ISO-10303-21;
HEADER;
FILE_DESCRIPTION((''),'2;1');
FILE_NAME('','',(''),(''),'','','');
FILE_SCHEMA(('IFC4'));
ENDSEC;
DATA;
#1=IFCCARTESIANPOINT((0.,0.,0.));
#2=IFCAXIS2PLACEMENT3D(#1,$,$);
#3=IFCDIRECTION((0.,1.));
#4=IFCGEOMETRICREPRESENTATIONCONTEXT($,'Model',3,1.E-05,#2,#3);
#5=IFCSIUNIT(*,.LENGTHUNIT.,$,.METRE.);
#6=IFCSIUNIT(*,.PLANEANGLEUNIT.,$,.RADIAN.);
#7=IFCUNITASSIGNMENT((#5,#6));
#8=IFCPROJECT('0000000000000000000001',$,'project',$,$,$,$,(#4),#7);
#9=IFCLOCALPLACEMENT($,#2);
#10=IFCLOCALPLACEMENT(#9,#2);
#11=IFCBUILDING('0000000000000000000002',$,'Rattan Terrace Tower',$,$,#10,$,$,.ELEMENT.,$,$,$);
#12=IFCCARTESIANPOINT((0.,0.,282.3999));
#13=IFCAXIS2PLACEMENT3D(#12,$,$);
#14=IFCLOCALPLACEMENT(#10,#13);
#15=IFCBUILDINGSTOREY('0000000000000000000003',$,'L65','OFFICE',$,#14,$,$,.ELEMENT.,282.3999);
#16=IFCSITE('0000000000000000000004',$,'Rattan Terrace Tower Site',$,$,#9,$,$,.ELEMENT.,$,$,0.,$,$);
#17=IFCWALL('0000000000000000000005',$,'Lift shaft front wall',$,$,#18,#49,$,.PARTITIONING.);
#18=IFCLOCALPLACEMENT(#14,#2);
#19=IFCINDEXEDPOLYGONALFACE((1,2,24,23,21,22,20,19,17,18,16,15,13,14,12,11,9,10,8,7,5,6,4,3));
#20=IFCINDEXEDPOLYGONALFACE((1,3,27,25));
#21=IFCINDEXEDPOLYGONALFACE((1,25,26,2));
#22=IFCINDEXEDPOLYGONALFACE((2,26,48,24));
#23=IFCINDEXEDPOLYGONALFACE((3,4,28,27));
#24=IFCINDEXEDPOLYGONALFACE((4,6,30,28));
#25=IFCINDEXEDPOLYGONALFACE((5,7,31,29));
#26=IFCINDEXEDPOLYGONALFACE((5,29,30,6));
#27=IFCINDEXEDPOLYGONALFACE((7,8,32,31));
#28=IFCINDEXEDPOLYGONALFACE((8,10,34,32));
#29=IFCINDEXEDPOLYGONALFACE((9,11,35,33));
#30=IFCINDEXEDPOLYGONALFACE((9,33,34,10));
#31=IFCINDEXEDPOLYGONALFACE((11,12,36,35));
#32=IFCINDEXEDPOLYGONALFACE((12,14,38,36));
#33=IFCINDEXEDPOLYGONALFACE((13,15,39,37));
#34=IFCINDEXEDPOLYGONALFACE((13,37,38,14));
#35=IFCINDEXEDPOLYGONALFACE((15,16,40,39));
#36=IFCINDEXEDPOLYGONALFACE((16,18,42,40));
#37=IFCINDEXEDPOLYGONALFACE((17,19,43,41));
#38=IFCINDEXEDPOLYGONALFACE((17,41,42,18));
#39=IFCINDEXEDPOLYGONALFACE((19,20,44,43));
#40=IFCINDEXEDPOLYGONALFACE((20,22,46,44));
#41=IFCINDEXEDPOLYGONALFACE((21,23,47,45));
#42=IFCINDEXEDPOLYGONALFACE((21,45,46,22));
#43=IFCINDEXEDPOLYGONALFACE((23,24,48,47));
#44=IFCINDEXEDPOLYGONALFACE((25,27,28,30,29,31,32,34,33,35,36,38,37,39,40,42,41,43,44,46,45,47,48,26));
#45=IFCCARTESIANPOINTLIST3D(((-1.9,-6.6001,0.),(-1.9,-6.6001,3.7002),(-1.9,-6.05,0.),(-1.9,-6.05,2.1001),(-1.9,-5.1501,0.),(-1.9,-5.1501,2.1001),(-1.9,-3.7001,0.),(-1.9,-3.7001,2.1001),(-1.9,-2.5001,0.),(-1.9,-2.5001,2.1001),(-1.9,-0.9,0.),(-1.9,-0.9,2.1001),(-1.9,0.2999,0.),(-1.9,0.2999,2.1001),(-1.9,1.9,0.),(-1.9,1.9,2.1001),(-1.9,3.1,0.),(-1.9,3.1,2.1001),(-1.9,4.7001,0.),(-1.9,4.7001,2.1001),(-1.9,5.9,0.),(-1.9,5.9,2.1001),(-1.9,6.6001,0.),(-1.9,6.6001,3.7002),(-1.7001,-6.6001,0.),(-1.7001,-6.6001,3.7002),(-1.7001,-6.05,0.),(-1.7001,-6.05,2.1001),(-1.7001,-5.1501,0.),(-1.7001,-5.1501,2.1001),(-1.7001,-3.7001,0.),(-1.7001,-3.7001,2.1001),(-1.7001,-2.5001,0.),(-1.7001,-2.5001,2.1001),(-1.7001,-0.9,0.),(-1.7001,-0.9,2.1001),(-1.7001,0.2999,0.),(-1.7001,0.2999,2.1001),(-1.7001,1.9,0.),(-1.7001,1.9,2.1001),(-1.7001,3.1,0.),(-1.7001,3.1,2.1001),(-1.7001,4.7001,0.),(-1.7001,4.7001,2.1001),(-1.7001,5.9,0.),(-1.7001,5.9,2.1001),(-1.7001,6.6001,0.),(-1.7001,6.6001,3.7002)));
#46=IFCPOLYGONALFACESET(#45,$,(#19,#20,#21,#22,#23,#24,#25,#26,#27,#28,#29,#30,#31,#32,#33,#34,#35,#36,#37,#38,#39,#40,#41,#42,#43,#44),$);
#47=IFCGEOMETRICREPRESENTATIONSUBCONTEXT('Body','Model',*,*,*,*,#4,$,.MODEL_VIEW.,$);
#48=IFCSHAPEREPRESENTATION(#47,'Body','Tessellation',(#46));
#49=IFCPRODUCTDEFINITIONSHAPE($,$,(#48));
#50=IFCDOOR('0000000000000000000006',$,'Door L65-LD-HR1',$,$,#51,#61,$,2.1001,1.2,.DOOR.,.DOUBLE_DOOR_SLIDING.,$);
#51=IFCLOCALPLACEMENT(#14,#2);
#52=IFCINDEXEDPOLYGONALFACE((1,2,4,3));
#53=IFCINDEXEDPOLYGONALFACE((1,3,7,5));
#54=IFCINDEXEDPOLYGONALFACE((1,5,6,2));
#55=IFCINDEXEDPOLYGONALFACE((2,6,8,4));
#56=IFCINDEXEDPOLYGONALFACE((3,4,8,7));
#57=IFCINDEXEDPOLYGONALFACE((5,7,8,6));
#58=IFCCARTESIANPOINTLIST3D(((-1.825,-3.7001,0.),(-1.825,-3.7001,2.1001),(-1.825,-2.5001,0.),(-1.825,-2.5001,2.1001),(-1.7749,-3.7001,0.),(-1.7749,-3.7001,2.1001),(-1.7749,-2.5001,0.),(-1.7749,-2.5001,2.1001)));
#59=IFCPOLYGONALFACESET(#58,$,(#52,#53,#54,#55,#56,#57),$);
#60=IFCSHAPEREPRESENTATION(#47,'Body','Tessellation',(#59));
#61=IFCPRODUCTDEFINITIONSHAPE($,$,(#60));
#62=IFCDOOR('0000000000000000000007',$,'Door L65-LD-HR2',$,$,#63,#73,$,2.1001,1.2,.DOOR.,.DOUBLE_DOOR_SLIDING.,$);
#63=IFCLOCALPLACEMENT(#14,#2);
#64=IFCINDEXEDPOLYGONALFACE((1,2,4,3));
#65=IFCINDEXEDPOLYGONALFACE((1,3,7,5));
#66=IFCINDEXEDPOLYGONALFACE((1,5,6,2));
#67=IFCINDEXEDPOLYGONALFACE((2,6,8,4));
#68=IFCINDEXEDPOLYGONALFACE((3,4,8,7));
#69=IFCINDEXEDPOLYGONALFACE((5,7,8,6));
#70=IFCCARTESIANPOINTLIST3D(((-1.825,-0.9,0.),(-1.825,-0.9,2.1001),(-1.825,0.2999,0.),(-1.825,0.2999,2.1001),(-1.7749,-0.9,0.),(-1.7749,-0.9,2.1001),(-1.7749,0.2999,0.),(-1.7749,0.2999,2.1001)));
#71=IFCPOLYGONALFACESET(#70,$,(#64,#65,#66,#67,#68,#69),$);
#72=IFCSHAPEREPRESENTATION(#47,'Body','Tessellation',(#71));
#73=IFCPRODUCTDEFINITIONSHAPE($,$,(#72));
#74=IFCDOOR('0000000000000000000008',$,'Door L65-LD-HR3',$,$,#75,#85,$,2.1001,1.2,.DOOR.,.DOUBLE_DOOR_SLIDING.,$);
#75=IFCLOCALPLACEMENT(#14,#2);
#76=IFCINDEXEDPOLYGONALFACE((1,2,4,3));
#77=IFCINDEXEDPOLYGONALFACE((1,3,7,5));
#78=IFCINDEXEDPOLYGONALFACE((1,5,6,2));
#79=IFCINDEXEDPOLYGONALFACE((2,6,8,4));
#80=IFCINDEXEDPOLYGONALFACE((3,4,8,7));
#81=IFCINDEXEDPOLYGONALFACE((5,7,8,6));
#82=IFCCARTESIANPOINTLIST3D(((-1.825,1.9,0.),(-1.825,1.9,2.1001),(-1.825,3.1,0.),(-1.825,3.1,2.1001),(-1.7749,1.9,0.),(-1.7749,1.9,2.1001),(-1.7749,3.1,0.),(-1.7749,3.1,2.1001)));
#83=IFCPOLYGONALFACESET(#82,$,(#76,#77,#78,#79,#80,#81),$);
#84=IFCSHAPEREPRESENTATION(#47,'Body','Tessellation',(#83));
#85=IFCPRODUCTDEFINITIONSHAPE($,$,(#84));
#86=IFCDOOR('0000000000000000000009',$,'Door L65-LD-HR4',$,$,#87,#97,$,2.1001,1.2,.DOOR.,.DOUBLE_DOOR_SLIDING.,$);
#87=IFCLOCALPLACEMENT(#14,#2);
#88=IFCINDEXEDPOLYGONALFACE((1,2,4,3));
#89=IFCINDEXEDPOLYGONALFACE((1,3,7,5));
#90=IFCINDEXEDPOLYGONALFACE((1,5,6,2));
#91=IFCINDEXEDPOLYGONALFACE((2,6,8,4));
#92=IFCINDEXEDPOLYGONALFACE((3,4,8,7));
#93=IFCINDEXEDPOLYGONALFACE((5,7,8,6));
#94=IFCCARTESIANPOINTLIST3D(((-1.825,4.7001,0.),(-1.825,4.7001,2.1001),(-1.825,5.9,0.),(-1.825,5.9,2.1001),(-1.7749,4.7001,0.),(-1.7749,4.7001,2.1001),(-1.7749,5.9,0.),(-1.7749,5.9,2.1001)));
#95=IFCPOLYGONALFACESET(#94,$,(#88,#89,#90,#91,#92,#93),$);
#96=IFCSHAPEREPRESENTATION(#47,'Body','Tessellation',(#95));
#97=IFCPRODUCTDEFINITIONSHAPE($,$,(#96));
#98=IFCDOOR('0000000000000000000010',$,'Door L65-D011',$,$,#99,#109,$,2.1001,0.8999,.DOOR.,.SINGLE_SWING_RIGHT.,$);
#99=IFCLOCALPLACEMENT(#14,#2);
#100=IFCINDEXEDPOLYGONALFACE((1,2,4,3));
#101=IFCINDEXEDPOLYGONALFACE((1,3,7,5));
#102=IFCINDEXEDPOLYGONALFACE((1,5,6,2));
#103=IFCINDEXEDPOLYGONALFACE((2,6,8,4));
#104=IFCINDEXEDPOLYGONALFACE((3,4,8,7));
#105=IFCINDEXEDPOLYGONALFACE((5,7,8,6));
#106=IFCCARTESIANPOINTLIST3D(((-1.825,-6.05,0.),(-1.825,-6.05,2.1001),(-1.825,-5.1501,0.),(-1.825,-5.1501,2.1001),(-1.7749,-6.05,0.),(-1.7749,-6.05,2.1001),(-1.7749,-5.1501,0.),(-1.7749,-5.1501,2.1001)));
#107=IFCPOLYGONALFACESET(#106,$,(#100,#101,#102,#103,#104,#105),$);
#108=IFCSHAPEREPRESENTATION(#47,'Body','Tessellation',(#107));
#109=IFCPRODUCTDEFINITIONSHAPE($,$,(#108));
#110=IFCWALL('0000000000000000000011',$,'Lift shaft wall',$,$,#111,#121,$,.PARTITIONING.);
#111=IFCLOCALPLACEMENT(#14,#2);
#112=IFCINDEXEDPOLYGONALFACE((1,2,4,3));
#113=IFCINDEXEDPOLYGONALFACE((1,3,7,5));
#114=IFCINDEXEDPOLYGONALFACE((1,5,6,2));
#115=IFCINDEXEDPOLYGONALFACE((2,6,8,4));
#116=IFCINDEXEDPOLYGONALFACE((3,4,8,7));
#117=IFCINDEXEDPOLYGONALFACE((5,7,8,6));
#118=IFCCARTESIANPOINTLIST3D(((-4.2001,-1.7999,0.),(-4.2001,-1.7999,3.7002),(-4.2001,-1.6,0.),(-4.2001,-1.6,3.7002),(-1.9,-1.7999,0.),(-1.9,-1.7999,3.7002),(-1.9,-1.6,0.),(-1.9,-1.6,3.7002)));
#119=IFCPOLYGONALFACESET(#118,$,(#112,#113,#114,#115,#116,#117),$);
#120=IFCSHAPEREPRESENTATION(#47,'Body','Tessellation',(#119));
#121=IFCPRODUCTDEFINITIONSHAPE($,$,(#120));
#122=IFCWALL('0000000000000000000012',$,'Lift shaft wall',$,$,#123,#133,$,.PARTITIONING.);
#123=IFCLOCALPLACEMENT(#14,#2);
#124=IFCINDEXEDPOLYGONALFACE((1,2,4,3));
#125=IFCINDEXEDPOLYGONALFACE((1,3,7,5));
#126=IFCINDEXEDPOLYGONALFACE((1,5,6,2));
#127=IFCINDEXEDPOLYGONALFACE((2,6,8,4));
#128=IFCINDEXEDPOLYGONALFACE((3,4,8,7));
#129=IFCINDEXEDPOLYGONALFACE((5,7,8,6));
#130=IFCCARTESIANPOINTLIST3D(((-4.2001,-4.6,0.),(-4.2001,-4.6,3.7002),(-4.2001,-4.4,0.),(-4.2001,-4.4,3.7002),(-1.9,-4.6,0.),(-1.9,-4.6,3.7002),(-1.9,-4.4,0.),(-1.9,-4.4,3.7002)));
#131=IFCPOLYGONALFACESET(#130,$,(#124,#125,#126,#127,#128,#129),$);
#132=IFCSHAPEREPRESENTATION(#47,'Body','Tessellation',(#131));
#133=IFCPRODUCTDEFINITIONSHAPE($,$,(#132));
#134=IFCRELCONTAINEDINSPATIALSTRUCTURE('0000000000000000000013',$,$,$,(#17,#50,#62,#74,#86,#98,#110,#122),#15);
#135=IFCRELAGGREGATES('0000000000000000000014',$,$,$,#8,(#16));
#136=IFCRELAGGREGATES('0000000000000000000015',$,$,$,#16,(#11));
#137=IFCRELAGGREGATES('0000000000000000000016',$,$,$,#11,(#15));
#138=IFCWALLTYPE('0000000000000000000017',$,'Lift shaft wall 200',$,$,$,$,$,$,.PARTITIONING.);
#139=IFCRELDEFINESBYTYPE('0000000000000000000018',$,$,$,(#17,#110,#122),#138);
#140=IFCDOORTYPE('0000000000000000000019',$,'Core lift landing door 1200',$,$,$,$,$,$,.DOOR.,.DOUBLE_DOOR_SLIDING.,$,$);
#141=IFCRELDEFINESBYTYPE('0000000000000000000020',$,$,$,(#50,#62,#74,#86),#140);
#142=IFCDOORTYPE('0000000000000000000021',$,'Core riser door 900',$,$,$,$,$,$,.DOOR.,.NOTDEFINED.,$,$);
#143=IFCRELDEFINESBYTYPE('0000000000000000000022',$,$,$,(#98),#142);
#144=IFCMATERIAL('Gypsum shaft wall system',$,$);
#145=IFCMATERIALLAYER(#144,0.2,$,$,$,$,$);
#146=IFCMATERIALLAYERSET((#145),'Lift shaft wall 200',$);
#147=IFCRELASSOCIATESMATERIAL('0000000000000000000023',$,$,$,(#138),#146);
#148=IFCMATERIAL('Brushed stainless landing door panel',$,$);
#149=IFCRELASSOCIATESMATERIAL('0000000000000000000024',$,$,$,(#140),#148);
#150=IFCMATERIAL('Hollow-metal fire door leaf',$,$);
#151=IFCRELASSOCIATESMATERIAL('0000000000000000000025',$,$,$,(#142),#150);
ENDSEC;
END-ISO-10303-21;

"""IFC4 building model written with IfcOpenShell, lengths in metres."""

from ifc_helpers import new_model, si_unit, direction, frame, frame_2d, origin, place, context, subcontext, project, spatial, rectangle, extrude, material, layer, layer_set, type_object, element, fill, save


model = new_model("IFC4")

# Units and contexts
model_context = context("Model", 3, precision=1e-05, world=origin(), true_north=direction((0.0, 1.0)))
body_context = subcontext(model_context, "Body", "Model", "MODEL_VIEW")
ifc_project = project(units=[si_unit("LENGTHUNIT", "METRE"), si_unit("PLANEANGLEUNIT", "RADIAN")], contexts=[model_context])

# Site, building, storey
site_placement = place(None, origin())
site = spatial("IfcSite", under=ifc_project, at=site_placement, Name="Rattan Terrace Tower Site", CompositionType="ELEMENT", RefElevation=0.0)
building_placement = place(site_placement, origin())
building = spatial("IfcBuilding", under=site, at=building_placement, Name="Rattan Terrace Tower", CompositionType="ELEMENT")
storey_placement = place(building_placement, frame((0.0, 0.0, 282.3999)))
storey = spatial("IfcBuildingStorey", under=building, at=storey_placement, Name="L65", Description="OFFICE", CompositionType="ELEMENT", Elevation=282.3999)

# Wall, openings, doors
ifc_material_1 = material(Name="Gypsum shaft wall system")
ifc_layer_1 = layer(ifc_material_1, 0.2)
ifc_layer_set_1 = layer_set([ifc_layer_1], Name="Lift shaft wall 200")
wall_type_1 = type_object("IfcWallType", Name="Lift shaft wall 200", PredefinedType="PARTITIONING", material=ifc_layer_set_1)
wall_1_placement = place(storey_placement, frame((-1.8, -6.6001, 0.0), z_axis=(0.0, 0.0, 1.0), x_axis=(0.0, 1.0, 0.0)))
wall_1 = element("IfcWall", 1, at=wall_1_placement, inside=storey, type_object=wall_type_1, Name="Lift shaft front wall", PredefinedType="PARTITIONING", context=body_context, shape_type="SweptSolid", body=[
    extrude(rectangle(XDim=13.2002, YDim=0.2, at=frame_2d((6.6001, 0.0))), origin(), (0.0, 0.0, 1.0), 3.7002),
])
opening_1_placement = place(wall_1_placement, frame((0.55, 0.0, 0.0)))
opening_1 = element("IfcOpeningElement", 2, at=opening_1_placement, cuts=wall_1, PredefinedType="OPENING", context=body_context, shape_type="SweptSolid", body=[
    extrude(rectangle(XDim=0.8999, YDim=2.1001, at=frame_2d((0.45, 1.05))), frame((0.0, 0.1106, 0.0), z_axis=(0.0, -1.0, 0.0), x_axis=(1.0, 0.0, 0.0)), (0.0, 0.0, 1.0), 0.2209),
])
opening_2_placement = place(wall_1_placement, frame((2.8999, 0.0, 0.0)))
opening_2 = element("IfcOpeningElement", 3, at=opening_2_placement, cuts=wall_1, PredefinedType="OPENING", context=body_context, shape_type="SweptSolid", body=[
    extrude(rectangle(XDim=1.2, YDim=2.1001, at=frame_2d((0.6001, 1.05))), frame((0.0, 0.1106, 0.0), z_axis=(0.0, -1.0, 0.0), x_axis=(1.0, 0.0, 0.0)), (0.0, 0.0, 1.0), 0.2209),
])
opening_3_placement = place(wall_1_placement, frame((5.7, 0.0, 0.0)))
opening_3 = element("IfcOpeningElement", 4, at=opening_3_placement, cuts=wall_1, PredefinedType="OPENING", context=body_context, shape_type="SweptSolid", body=[
    extrude(rectangle(XDim=1.2, YDim=2.1001, at=frame_2d((0.6001, 1.05))), frame((0.0, 0.1106, 0.0), z_axis=(0.0, -1.0, 0.0), x_axis=(1.0, 0.0, 0.0)), (0.0, 0.0, 1.0), 0.2209),
])
opening_4_placement = place(wall_1_placement, frame((8.5, 0.0, 0.0)))
opening_4 = element("IfcOpeningElement", 5, at=opening_4_placement, cuts=wall_1, PredefinedType="OPENING", context=body_context, shape_type="SweptSolid", body=[
    extrude(rectangle(XDim=1.2, YDim=2.1001, at=frame_2d((0.6001, 1.05))), frame((0.0, 0.1106, 0.0), z_axis=(0.0, -1.0, 0.0), x_axis=(1.0, 0.0, 0.0)), (0.0, 0.0, 1.0), 0.2209),
])
opening_5_placement = place(wall_1_placement, frame((11.3, 0.0, 0.0)))
opening_5 = element("IfcOpeningElement", 6, at=opening_5_placement, cuts=wall_1, PredefinedType="OPENING", context=body_context, shape_type="SweptSolid", body=[
    extrude(rectangle(XDim=1.2, YDim=2.1001, at=frame_2d((0.6001, 1.05))), frame((0.0, 0.1106, 0.0), z_axis=(0.0, -1.0, 0.0), x_axis=(1.0, 0.0, 0.0)), (0.0, 0.0, 1.0), 0.2209),
])
ifc_material_2 = material(Name="Brushed stainless landing door panel")
door_type_1 = type_object("IfcDoorType", Name="Core lift landing door 1200", OperationType="DOUBLE_DOOR_SLIDING", PredefinedType="DOOR", material=ifc_material_2)
door_1_placement = place(opening_2_placement, origin())
door_1 = element("IfcDoor", 7, at=door_1_placement, inside=storey, type_object=door_type_1, Name="Door L65-LD-HR1", OperationType="DOUBLE_DOOR_SLIDING", OverallHeight=2.1001, OverallWidth=1.2, PredefinedType="DOOR", context=body_context, shape_type="SweptSolid", body=[
    extrude(rectangle(XDim=1.2, YDim=2.1001, at=frame_2d((0.6001, 1.05))), frame((0.0, 0.0249, 0.0), z_axis=(0.0, -1.0, 0.0), x_axis=(1.0, 0.0, 0.0)), (0.0, 0.0, 1.0), 0.05),
])
fill(opening_2, door_1)
door_2_placement = place(opening_3_placement, origin())
door_2 = element("IfcDoor", 8, at=door_2_placement, inside=storey, type_object=door_type_1, Name="Door L65-LD-HR2", OperationType="DOUBLE_DOOR_SLIDING", OverallHeight=2.1001, OverallWidth=1.2, PredefinedType="DOOR", context=body_context, shape_type="SweptSolid", body=[
    extrude(rectangle(XDim=1.2, YDim=2.1001, at=frame_2d((0.6001, 1.05))), frame((0.0, 0.0249, 0.0), z_axis=(0.0, -1.0, 0.0), x_axis=(1.0, 0.0, 0.0)), (0.0, 0.0, 1.0), 0.05),
])
fill(opening_3, door_2)
door_3_placement = place(opening_4_placement, origin())
door_3 = element("IfcDoor", 9, at=door_3_placement, inside=storey, type_object=door_type_1, Name="Door L65-LD-HR3", OperationType="DOUBLE_DOOR_SLIDING", OverallHeight=2.1001, OverallWidth=1.2, PredefinedType="DOOR", context=body_context, shape_type="SweptSolid", body=[
    extrude(rectangle(XDim=1.2, YDim=2.1001, at=frame_2d((0.6001, 1.05))), frame((0.0, 0.0249, 0.0), z_axis=(0.0, -1.0, 0.0), x_axis=(1.0, 0.0, 0.0)), (0.0, 0.0, 1.0), 0.05),
])
fill(opening_4, door_3)
door_4_placement = place(opening_5_placement, origin())
door_4 = element("IfcDoor", 10, at=door_4_placement, inside=storey, type_object=door_type_1, Name="Door L65-LD-HR4", OperationType="DOUBLE_DOOR_SLIDING", OverallHeight=2.1001, OverallWidth=1.2, PredefinedType="DOOR", context=body_context, shape_type="SweptSolid", body=[
    extrude(rectangle(XDim=1.2, YDim=2.1001, at=frame_2d((0.6001, 1.05))), frame((0.0, 0.0249, 0.0), z_axis=(0.0, -1.0, 0.0), x_axis=(1.0, 0.0, 0.0)), (0.0, 0.0, 1.0), 0.05),
])
fill(opening_5, door_4)
ifc_material_3 = material(Name="Hollow-metal fire door leaf")
door_type_2 = type_object("IfcDoorType", Name="Core riser door 900", OperationType="NOTDEFINED", PredefinedType="DOOR", material=ifc_material_3)
door_5_placement = place(opening_1_placement, origin())
door_5 = element("IfcDoor", 11, at=door_5_placement, inside=storey, type_object=door_type_2, Name="Door L65-D011", OperationType="SINGLE_SWING_RIGHT", OverallHeight=2.1001, OverallWidth=0.8999, PredefinedType="DOOR", context=body_context, shape_type="SweptSolid", body=[
    extrude(rectangle(XDim=0.8999, YDim=2.1001, at=frame_2d((0.45, 1.05))), frame((0.0, 0.0249, 0.0), z_axis=(0.0, -1.0, 0.0), x_axis=(1.0, 0.0, 0.0)), (0.0, 0.0, 1.0), 0.05),
])
fill(opening_1, door_5)

# Walls
for number, where, z_axis, x_axis, name in (
    (12, (-4.2, -1.7, 0.0), (0.0, 0.0, 1.0), (1.0, 0.0, 0.0), "Lift shaft wall"),
    (13, (-4.2, -4.5, 0.0), (0.0, 0.0, 1.0), (1.0, 0.0, 0.0), "Lift shaft wall"),
):
    element("IfcWall", number, at=place(storey_placement, frame(where, z_axis=z_axis, x_axis=x_axis)), inside=storey, type_object=wall_type_1, Name=name, PredefinedType="PARTITIONING", context=body_context, shape_type="SweptSolid", body=[
        extrude(rectangle(XDim=2.3, YDim=0.2, at=frame_2d((1.1499, 0.0))), origin(), (0.0, 0.0, 1.0), 3.7002),
    ])

save(model, "model.ifc")
